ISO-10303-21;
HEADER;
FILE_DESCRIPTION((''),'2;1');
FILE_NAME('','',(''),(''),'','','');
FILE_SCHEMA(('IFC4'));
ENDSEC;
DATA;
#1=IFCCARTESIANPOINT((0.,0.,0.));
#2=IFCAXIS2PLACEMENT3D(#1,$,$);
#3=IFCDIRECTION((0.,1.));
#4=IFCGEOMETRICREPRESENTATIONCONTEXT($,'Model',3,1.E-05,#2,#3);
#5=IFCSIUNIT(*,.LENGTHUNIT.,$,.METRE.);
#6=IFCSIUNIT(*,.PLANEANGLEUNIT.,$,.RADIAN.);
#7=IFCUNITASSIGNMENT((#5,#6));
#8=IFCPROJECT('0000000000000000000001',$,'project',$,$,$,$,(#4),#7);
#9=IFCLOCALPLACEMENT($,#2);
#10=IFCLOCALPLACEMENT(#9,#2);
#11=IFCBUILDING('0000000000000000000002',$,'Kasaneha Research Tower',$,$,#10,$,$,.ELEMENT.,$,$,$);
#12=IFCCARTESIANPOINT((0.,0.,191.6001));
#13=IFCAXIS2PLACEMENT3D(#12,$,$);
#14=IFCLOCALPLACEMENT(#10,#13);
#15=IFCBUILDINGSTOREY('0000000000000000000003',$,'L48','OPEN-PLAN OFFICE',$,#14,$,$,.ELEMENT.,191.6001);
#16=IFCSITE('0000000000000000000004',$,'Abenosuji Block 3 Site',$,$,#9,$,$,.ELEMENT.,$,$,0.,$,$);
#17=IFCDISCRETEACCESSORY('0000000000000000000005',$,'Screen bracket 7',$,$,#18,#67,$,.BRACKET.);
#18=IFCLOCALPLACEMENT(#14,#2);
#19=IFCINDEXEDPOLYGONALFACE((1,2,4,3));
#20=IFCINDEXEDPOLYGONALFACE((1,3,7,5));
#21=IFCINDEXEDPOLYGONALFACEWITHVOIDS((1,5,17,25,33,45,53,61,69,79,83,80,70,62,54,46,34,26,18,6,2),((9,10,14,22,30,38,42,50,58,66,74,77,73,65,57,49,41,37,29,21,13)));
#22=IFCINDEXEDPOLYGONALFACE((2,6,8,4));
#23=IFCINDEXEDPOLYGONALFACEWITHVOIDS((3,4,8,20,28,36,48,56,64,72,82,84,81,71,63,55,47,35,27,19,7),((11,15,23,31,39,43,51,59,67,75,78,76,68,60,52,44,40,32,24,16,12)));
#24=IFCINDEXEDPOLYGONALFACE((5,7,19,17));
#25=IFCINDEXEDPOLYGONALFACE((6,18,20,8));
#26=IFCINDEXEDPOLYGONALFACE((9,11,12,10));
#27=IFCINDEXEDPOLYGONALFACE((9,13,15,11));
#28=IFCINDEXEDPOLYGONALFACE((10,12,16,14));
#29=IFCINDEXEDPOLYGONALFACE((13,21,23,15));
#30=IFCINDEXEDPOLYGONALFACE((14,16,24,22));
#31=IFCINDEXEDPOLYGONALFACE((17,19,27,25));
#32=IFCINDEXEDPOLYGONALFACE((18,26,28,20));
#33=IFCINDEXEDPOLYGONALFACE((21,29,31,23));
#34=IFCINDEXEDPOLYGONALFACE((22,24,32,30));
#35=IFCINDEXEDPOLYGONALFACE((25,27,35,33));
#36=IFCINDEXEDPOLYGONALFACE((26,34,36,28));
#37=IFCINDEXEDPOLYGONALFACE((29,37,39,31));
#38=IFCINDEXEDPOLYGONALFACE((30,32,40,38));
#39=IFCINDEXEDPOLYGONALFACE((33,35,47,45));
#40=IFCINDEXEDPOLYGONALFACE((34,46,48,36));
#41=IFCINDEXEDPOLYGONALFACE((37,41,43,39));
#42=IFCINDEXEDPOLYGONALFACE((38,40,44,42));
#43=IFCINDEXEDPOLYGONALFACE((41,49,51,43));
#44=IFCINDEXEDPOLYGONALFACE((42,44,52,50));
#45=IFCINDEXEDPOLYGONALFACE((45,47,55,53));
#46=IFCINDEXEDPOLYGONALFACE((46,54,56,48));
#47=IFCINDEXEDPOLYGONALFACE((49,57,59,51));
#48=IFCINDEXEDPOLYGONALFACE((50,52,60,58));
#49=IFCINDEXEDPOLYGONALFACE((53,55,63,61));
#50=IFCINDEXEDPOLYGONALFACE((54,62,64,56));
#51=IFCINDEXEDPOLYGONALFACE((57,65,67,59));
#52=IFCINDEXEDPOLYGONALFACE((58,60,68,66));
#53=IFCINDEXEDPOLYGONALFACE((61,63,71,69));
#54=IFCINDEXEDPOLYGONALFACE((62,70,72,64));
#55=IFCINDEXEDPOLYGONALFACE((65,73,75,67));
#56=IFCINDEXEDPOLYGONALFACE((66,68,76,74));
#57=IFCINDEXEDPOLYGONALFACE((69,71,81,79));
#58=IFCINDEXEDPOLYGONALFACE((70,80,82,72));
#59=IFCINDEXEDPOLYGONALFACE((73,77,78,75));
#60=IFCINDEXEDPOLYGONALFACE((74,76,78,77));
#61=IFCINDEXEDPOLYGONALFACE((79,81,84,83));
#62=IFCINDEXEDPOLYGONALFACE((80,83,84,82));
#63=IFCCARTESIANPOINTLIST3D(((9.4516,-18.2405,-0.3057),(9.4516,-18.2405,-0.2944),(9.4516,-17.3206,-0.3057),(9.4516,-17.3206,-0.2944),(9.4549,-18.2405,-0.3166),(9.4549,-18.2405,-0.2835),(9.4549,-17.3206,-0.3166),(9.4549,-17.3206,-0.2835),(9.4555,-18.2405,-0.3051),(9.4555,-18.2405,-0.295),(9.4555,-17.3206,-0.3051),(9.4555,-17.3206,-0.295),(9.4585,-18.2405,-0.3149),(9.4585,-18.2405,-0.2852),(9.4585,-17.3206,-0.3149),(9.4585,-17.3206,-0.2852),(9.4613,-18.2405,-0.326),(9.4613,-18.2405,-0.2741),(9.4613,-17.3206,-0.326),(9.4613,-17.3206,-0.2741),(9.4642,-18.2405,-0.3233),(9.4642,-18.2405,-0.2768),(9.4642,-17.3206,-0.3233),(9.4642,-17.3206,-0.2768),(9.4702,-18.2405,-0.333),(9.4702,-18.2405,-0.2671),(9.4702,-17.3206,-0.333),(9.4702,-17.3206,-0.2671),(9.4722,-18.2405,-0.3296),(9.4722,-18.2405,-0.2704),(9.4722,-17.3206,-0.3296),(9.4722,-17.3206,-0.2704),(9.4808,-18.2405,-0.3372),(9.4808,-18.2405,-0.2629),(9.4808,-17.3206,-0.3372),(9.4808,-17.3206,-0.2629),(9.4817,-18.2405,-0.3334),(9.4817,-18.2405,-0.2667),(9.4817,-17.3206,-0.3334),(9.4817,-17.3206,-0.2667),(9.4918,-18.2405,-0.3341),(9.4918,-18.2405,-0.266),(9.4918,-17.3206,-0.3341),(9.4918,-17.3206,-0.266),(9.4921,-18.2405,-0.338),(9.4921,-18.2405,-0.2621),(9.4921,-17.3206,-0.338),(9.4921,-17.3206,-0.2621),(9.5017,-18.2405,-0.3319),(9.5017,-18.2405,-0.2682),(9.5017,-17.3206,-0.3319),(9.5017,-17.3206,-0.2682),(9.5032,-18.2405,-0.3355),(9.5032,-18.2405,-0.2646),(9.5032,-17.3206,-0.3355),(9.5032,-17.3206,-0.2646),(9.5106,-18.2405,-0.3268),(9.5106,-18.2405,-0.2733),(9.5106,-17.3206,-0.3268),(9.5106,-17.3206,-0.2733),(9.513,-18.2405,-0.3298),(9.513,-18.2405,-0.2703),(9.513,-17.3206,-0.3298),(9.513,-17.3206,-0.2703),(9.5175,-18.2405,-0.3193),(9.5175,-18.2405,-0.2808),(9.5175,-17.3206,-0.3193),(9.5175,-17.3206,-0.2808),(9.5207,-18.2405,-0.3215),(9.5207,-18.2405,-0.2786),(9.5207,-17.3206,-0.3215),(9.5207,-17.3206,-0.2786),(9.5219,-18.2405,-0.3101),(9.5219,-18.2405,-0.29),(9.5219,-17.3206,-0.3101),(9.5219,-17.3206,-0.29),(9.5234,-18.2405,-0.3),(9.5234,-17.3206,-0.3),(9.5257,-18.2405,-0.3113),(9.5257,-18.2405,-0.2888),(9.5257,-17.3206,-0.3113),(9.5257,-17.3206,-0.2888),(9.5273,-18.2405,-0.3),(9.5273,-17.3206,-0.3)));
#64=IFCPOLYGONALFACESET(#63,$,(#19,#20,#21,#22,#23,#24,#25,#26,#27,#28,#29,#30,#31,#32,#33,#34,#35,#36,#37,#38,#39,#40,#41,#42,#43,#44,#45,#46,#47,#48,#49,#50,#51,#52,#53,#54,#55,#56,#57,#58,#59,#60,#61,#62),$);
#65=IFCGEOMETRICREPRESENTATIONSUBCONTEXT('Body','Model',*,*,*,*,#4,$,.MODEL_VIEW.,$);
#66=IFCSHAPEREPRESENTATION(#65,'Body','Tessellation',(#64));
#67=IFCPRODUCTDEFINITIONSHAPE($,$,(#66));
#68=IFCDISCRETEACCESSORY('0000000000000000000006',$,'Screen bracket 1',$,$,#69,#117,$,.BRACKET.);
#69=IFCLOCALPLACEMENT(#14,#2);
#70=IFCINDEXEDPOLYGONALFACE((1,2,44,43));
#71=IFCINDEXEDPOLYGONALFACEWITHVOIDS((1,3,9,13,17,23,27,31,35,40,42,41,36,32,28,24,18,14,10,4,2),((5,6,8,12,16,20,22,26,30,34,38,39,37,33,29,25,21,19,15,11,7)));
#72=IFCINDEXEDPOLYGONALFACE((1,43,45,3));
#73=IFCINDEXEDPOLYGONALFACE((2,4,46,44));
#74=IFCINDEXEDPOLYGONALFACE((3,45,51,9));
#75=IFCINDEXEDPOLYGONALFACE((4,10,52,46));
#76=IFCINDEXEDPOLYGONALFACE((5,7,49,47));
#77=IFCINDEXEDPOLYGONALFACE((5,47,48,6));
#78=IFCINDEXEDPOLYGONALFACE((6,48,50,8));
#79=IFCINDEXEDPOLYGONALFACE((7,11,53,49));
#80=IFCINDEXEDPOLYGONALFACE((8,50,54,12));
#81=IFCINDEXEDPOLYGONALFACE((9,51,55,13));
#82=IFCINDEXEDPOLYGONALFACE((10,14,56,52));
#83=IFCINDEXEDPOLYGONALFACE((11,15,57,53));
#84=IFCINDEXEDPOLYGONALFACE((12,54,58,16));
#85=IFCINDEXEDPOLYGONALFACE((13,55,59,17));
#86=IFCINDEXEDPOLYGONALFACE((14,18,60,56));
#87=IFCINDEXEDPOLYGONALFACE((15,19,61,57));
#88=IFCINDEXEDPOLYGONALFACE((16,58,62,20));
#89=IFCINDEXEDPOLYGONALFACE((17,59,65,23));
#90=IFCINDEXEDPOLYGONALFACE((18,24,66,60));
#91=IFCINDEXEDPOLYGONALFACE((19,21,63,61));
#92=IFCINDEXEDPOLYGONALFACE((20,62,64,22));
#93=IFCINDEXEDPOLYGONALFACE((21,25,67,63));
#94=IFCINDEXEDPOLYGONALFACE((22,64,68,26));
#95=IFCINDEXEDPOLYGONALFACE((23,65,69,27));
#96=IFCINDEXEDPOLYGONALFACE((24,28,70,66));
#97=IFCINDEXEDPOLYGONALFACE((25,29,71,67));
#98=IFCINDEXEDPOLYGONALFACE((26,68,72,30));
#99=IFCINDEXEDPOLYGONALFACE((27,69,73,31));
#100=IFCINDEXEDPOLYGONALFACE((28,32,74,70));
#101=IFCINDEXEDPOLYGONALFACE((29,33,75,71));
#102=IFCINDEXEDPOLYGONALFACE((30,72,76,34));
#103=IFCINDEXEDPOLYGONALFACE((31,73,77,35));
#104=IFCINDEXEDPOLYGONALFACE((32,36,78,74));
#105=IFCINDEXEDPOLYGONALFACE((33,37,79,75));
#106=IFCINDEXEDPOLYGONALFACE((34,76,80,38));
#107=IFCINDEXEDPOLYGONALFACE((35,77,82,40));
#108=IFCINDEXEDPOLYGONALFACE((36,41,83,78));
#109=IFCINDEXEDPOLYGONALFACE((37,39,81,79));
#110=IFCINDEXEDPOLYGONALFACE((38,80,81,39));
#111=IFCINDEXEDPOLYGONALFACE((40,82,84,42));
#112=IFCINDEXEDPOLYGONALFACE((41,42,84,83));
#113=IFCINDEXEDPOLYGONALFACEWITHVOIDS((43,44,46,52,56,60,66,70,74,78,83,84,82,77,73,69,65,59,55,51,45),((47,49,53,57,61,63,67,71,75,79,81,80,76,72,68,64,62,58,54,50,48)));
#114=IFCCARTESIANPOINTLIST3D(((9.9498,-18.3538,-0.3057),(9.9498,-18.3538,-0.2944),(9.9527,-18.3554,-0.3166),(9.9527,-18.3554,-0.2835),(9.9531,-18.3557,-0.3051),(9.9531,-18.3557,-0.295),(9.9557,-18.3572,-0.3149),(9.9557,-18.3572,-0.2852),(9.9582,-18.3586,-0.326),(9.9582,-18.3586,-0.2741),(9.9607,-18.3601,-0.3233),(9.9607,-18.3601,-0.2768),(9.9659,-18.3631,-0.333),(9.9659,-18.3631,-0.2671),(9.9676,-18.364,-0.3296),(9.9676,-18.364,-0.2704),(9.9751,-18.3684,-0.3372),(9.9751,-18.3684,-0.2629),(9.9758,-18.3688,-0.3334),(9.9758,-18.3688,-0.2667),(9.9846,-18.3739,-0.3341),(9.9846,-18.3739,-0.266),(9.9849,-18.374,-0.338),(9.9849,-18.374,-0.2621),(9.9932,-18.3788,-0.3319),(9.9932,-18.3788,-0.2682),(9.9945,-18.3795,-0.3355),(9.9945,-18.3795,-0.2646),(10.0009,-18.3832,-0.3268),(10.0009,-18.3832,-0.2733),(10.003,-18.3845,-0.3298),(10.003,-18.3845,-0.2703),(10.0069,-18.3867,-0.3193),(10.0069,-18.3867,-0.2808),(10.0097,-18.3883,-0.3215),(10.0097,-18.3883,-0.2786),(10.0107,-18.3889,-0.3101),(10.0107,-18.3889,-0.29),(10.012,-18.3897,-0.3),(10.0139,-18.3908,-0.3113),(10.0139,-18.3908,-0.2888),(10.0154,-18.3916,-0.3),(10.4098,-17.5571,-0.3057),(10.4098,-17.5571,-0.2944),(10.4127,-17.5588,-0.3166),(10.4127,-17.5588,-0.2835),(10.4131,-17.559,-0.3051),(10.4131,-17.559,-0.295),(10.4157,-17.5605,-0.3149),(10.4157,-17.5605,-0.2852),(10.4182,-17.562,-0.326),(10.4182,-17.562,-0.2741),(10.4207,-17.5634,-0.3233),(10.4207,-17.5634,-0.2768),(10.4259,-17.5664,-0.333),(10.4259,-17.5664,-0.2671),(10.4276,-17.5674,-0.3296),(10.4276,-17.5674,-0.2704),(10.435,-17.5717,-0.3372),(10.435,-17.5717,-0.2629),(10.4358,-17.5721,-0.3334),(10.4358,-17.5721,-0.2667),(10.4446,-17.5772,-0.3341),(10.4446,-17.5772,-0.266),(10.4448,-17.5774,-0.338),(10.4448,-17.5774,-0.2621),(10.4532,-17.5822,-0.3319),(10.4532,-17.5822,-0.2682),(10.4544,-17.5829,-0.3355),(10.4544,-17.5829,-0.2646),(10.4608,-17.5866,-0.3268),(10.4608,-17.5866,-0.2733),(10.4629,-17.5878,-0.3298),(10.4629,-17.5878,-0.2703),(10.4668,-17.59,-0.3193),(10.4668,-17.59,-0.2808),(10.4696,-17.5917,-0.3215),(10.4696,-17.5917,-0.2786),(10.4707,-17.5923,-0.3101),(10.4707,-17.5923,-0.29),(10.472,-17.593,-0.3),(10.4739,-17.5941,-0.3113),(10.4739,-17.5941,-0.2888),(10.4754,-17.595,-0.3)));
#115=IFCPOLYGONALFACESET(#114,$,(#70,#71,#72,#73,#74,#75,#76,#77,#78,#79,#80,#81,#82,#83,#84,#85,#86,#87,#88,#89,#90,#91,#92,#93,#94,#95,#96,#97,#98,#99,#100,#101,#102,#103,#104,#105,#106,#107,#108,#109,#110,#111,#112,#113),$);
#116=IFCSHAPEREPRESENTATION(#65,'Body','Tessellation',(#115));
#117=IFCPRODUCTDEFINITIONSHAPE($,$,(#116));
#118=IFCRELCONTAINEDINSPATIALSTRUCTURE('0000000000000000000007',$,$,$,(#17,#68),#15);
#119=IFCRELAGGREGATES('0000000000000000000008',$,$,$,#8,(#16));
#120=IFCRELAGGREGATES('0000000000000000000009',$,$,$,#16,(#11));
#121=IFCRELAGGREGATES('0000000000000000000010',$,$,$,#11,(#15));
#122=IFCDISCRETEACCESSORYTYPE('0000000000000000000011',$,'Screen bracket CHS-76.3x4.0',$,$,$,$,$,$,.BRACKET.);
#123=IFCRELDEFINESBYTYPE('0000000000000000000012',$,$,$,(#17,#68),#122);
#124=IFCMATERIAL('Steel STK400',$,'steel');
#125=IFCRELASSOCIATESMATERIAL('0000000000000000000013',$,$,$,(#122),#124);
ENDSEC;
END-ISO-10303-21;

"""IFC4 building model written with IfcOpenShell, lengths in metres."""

from ifc_helpers import new_model, si_unit, direction, frame, origin, origin_2d, place, context, subcontext, project, spatial, hollow_circle, extrude, material, material_profile, profile_set, type_object, element, save


model = new_model("IFC4")

# Units and contexts
model_context = context("Model", 3, precision=1e-05, world=origin(), true_north=direction((0.0, 1.0)))
body_context = subcontext(model_context, "Body", "Model", "MODEL_VIEW")
ifc_project = project(units=[si_unit("LENGTHUNIT", "METRE"), si_unit("PLANEANGLEUNIT", "RADIAN")], contexts=[model_context])

# Site, building, storey
site_placement = place(None, origin())
site = spatial("IfcSite", under=ifc_project, at=site_placement, Name="Abenosuji Block 3 Site", CompositionType="ELEMENT", RefElevation=0.0)
building_placement = place(site_placement, origin())
building = spatial("IfcBuilding", under=site, at=building_placement, Name="Kasaneha Research Tower", CompositionType="ELEMENT")
storey_placement = place(building_placement, frame((0.0, 0.0, 191.6001)))
storey = spatial("IfcBuildingStorey", under=building, at=storey_placement, Name="L48", Description="OPEN-PLAN OFFICE", CompositionType="ELEMENT", Elevation=191.6001)

# Discrete accessories
ifc_material_1 = material(Name="Steel STK400", Category="steel")
ifc_material_profile_1 = material_profile(ifc_material_1, hollow_circle(Radius=0.0381, WallThickness=0.0039, at=origin_2d()), Name="CHS-76.3x4.0")
ifc_profile_set_1 = profile_set([ifc_material_profile_1], Name="Steel STK400")
discrete_accessory_type = type_object("IfcDiscreteAccessoryType", Name="Screen bracket CHS-76.3x4.0", PredefinedType="BRACKET", material=ifc_profile_set_1)
for number, where, z_axis, x_axis, name in (
    (1, (9.4893, -17.3206, -0.3), (0.0, -1.0, 0.0), (1.0, 0.0, 0.0), "Screen bracket 7"),
    (2, (10.4424, -17.5759, -0.3), (-0.500021, -0.866013, 0.0), (0.866013, -0.500021, 0.0), "Screen bracket 1"),
):
    element("IfcDiscreteAccessory", number, at=place(storey_placement, frame(where, z_axis=z_axis, x_axis=x_axis)), inside=storey, type_object=discrete_accessory_type, Name=name, PredefinedType="BRACKET", context=body_context, shape_type="SweptSolid", body=[
        extrude(hollow_circle(Radius=0.0381, WallThickness=0.0039, at=origin_2d()), origin(), (0.0, 0.0, 1.0), 0.9199),
    ])

save(model, "model.ifc")
